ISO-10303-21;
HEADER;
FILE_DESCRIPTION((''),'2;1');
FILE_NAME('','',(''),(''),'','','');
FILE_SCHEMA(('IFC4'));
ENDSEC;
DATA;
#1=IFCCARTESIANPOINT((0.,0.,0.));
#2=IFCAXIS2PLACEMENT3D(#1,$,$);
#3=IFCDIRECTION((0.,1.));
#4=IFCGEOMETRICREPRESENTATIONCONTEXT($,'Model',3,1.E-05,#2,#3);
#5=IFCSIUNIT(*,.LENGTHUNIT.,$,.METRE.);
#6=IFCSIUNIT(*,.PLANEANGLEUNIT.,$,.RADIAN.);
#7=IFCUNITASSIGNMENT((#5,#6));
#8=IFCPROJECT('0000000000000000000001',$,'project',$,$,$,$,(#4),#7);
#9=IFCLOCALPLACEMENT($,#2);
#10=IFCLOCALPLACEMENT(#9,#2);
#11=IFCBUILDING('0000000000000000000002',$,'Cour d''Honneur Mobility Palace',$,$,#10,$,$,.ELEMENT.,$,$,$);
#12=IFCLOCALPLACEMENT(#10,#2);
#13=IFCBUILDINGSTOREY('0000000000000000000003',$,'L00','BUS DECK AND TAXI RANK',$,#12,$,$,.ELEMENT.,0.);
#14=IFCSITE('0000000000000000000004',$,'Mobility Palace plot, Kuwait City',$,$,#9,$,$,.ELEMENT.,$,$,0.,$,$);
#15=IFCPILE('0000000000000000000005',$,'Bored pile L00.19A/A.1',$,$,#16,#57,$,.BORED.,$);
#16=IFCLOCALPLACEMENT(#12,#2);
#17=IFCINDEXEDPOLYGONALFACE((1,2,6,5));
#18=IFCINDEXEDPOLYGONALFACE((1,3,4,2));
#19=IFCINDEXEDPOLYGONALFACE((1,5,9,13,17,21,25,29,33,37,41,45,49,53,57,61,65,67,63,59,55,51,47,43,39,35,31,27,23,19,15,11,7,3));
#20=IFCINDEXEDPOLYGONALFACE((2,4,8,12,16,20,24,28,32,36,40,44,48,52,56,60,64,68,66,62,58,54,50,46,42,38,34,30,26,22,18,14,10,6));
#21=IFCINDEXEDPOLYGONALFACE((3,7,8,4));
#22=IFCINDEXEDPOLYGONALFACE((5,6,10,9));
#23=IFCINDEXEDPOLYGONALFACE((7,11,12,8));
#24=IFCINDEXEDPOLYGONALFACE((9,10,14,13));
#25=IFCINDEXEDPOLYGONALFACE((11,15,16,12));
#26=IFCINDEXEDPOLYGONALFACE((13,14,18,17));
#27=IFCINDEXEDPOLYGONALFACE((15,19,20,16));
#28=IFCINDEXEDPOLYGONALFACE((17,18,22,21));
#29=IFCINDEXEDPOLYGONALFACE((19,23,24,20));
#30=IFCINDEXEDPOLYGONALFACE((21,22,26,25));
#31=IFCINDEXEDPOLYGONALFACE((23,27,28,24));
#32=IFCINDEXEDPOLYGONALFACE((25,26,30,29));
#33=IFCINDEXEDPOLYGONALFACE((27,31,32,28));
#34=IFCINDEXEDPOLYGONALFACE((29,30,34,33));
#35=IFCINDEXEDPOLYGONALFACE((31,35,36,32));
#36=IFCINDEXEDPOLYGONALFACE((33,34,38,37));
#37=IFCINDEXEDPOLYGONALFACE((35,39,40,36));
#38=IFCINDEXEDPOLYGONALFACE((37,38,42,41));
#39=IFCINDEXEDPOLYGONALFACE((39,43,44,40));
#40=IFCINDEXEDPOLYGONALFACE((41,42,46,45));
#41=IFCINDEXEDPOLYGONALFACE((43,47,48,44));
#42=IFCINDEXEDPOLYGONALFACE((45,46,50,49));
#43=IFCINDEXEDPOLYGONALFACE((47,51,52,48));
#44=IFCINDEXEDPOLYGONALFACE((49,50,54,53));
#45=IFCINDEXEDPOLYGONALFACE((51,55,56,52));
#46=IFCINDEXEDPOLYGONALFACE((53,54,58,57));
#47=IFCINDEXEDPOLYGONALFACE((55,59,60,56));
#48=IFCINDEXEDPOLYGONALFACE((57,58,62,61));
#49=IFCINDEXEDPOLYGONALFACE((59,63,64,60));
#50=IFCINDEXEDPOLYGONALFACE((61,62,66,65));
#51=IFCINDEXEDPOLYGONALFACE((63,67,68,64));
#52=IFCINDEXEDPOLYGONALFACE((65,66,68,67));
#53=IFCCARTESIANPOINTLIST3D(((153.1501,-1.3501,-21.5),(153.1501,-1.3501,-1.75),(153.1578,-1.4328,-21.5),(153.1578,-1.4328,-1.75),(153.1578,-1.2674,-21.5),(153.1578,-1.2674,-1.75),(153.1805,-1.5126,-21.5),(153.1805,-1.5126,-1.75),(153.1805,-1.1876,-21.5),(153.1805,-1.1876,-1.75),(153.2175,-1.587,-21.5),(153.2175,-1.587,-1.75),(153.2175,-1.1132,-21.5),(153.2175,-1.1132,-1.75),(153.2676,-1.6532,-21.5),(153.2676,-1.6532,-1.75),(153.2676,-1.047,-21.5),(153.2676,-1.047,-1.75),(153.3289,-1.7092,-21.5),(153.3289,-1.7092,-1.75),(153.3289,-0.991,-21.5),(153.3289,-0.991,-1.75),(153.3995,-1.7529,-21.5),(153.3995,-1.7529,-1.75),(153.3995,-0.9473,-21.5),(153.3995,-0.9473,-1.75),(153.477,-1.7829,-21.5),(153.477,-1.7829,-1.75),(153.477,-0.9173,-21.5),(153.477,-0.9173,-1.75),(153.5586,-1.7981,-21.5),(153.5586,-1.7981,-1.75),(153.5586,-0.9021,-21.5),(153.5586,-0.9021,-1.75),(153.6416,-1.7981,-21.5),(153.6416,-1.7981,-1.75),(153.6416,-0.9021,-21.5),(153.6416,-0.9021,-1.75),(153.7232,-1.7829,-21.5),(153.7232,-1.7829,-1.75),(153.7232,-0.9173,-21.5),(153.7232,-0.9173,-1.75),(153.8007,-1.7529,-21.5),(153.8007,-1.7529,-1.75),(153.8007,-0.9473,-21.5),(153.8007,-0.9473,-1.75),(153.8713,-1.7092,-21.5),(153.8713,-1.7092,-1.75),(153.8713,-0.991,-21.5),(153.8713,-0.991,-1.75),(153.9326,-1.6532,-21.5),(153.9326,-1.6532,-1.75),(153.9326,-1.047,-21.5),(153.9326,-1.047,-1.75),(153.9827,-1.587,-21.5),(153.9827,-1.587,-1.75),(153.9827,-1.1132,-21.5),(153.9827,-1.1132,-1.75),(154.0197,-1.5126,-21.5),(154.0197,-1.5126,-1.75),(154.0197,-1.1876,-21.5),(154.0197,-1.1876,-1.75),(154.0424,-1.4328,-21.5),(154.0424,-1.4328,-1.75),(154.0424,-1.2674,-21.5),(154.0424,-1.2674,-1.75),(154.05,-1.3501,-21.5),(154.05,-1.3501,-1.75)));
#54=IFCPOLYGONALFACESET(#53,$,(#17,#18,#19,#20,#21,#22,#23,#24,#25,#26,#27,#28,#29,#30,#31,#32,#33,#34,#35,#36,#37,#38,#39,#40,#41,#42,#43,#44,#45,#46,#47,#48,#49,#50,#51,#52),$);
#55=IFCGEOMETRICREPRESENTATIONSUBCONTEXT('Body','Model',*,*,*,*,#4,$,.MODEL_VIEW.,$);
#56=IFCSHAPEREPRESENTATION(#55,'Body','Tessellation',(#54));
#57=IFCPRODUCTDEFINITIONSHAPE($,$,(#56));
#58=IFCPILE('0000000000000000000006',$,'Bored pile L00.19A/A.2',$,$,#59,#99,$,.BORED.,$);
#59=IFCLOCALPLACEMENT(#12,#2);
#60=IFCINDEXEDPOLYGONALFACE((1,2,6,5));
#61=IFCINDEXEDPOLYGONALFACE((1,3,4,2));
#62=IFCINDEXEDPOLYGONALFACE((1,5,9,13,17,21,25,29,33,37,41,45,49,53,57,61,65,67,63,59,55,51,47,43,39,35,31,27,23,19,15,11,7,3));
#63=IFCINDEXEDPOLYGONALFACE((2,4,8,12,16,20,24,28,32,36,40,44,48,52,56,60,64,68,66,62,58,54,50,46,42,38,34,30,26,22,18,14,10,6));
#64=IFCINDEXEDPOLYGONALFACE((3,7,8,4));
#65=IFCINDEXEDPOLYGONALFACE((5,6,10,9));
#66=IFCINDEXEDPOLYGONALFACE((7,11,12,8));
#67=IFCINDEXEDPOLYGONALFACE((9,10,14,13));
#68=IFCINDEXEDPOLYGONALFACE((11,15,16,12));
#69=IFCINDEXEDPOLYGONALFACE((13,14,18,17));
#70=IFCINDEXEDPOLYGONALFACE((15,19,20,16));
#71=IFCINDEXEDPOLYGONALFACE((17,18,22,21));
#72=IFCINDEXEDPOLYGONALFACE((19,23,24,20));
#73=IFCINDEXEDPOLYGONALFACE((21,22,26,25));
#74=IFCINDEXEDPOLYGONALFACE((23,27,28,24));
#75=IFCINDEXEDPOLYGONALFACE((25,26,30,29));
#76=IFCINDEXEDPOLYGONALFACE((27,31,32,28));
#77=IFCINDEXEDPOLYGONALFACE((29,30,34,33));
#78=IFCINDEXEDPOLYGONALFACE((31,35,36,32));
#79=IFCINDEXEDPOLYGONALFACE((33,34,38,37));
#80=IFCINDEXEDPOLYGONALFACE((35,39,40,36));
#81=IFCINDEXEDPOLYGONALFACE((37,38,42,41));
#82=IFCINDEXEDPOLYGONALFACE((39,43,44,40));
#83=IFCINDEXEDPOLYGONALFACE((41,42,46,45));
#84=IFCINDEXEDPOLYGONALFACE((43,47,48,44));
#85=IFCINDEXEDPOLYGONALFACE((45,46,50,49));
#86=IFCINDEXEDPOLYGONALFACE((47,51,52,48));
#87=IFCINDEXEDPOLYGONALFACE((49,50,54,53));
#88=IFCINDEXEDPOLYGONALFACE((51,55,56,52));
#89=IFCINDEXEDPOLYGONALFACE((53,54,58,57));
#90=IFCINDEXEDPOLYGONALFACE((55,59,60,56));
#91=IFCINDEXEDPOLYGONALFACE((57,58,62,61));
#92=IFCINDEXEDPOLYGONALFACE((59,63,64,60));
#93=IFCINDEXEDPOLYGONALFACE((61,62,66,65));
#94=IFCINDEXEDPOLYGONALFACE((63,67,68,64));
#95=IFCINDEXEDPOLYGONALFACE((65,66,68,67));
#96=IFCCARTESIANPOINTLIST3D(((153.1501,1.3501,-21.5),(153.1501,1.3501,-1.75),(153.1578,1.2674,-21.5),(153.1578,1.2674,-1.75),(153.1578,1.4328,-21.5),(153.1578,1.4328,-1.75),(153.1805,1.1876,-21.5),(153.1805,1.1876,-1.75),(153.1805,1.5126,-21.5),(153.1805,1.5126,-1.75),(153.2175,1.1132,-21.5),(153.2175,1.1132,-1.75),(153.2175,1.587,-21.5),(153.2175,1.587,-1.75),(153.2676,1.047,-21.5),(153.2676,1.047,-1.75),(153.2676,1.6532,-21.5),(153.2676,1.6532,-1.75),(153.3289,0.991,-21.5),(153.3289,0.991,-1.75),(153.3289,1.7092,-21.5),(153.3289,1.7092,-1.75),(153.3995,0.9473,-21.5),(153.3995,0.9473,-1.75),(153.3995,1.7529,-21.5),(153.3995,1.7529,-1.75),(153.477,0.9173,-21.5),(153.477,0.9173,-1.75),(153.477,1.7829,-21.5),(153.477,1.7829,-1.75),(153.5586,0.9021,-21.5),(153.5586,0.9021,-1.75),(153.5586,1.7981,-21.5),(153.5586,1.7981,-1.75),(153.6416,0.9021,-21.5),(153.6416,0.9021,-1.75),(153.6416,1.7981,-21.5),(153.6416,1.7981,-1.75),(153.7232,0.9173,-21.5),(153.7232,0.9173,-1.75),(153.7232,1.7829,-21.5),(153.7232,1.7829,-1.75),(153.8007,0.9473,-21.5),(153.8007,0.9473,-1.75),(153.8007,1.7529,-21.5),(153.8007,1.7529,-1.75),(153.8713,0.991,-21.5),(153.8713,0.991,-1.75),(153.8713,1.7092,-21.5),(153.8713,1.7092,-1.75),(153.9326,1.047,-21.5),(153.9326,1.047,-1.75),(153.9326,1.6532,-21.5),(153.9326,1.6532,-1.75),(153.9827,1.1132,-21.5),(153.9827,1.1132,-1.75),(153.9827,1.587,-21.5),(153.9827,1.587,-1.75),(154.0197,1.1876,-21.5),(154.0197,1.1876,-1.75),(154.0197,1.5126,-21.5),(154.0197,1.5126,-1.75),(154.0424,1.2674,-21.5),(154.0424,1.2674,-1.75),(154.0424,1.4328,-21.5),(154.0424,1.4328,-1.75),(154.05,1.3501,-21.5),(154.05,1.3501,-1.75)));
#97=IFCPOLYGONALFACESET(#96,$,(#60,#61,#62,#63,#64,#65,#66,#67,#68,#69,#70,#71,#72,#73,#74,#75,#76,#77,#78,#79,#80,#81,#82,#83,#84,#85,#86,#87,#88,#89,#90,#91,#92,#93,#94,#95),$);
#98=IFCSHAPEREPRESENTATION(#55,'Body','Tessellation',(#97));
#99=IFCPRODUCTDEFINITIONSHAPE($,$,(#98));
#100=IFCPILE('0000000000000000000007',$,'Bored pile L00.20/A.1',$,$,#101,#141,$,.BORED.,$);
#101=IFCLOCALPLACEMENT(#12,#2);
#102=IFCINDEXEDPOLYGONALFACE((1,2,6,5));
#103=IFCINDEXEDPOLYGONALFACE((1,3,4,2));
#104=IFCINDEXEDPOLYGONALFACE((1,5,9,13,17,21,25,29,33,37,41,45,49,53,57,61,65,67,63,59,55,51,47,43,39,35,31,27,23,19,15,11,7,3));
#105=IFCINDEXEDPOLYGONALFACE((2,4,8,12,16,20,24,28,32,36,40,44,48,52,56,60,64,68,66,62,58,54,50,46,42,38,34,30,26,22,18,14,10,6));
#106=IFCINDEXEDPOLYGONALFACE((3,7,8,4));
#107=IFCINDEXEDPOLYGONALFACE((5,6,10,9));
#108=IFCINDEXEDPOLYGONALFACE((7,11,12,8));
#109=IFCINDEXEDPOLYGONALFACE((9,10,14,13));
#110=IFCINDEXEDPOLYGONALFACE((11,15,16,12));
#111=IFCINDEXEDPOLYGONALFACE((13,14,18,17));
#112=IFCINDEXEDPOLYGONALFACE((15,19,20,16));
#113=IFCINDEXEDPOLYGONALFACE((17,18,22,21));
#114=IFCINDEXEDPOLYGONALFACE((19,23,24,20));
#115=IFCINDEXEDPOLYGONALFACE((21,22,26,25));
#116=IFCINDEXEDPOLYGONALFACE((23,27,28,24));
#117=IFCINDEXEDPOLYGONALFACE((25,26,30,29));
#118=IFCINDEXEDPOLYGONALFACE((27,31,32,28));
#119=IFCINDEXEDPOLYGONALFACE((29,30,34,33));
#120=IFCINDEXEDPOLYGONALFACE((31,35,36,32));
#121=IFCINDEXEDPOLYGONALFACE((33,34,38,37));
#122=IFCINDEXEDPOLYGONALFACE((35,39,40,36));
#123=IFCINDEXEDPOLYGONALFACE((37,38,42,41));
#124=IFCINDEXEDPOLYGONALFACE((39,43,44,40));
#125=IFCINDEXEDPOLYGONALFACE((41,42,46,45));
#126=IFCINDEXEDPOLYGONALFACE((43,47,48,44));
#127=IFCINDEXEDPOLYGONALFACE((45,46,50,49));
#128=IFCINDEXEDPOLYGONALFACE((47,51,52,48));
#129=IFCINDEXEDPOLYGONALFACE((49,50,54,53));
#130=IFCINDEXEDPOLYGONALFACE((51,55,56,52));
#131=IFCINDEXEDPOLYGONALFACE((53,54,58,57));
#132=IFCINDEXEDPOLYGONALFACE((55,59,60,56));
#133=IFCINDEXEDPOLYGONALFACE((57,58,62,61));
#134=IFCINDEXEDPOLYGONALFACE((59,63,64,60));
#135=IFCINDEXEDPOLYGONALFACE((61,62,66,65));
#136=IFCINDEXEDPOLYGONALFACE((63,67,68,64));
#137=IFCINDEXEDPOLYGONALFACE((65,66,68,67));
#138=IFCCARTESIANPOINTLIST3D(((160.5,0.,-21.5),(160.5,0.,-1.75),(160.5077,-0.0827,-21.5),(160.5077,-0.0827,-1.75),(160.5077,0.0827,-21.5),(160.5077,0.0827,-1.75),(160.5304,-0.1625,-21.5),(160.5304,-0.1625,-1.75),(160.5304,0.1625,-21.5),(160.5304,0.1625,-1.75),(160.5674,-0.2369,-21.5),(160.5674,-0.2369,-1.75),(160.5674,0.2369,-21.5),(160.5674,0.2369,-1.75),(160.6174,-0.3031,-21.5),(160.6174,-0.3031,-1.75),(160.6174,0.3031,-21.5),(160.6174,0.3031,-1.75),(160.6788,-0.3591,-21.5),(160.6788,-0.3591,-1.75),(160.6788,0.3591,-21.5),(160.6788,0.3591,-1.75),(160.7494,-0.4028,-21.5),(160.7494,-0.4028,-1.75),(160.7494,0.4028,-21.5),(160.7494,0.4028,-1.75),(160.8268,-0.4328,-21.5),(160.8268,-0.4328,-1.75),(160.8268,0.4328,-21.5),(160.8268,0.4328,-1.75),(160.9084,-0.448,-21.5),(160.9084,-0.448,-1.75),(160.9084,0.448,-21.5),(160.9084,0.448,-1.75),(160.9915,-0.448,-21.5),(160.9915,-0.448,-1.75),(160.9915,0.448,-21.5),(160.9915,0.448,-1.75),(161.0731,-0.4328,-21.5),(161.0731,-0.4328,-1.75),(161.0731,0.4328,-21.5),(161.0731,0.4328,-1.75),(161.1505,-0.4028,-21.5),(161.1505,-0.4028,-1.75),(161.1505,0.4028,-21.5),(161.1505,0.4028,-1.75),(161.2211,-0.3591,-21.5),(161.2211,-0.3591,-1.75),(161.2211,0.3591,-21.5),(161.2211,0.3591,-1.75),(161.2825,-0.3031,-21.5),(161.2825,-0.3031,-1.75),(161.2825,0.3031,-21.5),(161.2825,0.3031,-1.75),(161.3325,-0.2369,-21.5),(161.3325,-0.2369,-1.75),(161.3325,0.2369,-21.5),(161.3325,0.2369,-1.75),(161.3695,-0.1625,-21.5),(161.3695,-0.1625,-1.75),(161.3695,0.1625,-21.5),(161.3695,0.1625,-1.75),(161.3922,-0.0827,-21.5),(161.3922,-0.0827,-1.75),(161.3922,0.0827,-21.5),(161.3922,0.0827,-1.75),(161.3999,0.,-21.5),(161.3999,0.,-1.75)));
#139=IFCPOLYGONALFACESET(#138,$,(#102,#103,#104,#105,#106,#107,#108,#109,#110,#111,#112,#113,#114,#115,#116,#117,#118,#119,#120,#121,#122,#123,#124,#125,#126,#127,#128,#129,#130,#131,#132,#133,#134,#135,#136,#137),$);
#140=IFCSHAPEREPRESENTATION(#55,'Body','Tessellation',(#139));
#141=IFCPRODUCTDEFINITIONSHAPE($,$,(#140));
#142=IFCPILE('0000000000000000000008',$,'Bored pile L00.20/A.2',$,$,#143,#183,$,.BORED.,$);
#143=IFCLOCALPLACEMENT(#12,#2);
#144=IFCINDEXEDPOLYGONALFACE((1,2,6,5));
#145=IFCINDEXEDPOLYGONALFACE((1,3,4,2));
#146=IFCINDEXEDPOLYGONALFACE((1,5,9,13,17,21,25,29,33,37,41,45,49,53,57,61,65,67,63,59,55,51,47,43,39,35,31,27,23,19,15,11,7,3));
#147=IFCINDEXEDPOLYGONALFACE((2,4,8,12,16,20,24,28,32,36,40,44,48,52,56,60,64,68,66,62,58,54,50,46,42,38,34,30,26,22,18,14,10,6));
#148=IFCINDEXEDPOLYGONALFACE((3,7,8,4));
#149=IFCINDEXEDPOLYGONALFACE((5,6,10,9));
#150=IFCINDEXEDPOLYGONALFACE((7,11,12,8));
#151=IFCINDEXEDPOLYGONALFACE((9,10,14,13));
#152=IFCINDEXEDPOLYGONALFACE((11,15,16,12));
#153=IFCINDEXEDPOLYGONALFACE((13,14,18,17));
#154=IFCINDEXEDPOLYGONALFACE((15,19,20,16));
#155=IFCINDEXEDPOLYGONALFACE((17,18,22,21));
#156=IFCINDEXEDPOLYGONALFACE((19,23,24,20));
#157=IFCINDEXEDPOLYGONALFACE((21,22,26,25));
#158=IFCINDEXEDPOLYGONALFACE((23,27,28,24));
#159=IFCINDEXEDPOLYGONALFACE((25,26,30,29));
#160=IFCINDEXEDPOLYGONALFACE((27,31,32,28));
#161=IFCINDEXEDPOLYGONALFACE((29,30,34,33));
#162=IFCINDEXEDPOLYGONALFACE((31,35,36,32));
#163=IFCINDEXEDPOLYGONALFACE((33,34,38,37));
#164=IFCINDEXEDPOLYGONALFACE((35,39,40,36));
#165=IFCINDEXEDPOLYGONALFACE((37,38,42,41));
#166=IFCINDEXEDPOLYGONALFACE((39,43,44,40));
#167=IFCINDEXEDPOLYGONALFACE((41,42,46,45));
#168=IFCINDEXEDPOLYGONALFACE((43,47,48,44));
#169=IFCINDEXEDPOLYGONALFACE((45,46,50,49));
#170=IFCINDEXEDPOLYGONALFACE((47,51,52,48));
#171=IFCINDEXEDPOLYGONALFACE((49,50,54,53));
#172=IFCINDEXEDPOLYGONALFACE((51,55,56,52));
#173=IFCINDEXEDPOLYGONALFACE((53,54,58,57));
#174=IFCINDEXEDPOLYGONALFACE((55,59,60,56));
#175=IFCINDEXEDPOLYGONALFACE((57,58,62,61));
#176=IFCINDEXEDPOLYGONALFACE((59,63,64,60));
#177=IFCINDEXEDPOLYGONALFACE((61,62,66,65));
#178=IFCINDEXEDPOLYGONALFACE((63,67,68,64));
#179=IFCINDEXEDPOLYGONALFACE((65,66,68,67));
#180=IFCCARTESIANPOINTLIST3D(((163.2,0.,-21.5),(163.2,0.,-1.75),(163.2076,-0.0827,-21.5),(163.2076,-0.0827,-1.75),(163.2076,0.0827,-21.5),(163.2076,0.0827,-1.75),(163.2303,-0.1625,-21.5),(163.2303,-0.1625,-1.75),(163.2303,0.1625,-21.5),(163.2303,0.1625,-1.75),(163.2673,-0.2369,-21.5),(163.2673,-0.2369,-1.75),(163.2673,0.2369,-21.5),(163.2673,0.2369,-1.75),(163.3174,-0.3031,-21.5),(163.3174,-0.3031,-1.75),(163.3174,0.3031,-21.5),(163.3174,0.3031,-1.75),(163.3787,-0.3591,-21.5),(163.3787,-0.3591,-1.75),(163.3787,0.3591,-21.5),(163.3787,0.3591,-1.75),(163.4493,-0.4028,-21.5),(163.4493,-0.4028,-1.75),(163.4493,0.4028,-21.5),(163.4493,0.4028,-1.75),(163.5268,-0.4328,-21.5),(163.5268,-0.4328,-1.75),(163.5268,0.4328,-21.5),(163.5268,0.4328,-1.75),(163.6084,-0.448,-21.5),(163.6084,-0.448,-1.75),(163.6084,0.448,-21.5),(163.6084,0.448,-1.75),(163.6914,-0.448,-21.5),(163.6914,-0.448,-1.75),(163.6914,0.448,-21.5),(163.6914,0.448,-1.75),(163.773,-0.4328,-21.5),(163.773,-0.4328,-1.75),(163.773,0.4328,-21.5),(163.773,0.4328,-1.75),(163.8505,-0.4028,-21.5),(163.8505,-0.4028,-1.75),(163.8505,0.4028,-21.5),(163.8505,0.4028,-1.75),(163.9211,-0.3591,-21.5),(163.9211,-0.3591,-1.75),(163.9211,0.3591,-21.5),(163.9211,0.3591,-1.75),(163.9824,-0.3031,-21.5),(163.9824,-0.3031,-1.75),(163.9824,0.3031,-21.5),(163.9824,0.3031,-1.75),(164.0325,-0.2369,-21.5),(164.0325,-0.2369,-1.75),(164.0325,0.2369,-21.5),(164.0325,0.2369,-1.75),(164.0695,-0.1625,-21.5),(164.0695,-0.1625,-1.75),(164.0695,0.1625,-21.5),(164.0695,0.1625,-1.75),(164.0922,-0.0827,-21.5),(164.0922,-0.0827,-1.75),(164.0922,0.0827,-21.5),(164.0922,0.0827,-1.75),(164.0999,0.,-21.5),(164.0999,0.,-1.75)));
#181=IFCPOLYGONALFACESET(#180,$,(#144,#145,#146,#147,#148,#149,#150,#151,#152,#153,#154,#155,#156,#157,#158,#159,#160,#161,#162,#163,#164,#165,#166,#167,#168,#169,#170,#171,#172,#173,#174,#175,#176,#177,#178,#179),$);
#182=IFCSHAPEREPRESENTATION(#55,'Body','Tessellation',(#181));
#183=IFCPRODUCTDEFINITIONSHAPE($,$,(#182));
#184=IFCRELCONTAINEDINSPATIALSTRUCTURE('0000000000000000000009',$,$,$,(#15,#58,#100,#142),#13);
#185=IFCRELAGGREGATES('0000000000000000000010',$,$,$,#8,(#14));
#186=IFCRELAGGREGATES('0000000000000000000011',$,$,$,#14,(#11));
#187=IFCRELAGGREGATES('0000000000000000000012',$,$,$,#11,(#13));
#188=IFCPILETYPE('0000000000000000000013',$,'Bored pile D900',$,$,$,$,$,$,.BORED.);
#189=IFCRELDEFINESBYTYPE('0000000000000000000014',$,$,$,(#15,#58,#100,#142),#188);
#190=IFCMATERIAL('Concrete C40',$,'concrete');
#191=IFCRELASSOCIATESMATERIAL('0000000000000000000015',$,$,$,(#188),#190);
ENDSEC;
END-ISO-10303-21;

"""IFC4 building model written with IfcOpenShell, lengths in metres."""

from ifc_helpers import new_model, si_unit, direction, frame, origin, origin_2d, place, context, subcontext, project, spatial, circle, extrude, material, material_profile, profile_set, type_object, element, save


model = new_model("IFC4")

# Units and contexts
model_context = context("Model", 3, precision=1e-05, world=origin(), true_north=direction((0.0, 1.0)))
body_context = subcontext(model_context, "Body", "Model", "MODEL_VIEW")
ifc_project = project(units=[si_unit("LENGTHUNIT", "METRE"), si_unit("PLANEANGLEUNIT", "RADIAN")], contexts=[model_context])

# Site, building, storey
site_placement = place(None, origin())
site = spatial("IfcSite", under=ifc_project, at=site_placement, Name="Mobility Palace plot, Kuwait City", CompositionType="ELEMENT", RefElevation=0.0)
building_placement = place(site_placement, origin())
building = spatial("IfcBuilding", under=site, at=building_placement, Name="Cour d'Honneur Mobility Palace", CompositionType="ELEMENT")
storey_placement = place(building_placement, origin())
storey = spatial("IfcBuildingStorey", under=building, at=storey_placement, Name="L00", Description="BUS DECK AND TAXI RANK", CompositionType="ELEMENT", Elevation=0.0)

# Piles
ifc_material_1 = material(Name="Concrete C40", Category="concrete")
ifc_material_profile_1 = material_profile(ifc_material_1, circle(Radius=0.45, at=origin_2d()), Name="Bored pile D900")
ifc_profile_set_1 = profile_set([ifc_material_profile_1], Name="Concrete C40")
pile_type = type_object("IfcPileType", Name="Bored pile D900", PredefinedType="BORED", material=ifc_profile_set_1)
for number, where, z_axis, x_axis, name in (
    (1, (153.6001, -1.3501, -1.75), (0.0, 0.0, -1.0), (1.0, 0.0, 0.0), "Bored pile L00.19A/A.1"),
    (2, (153.6001, 1.3501, -1.75), (0.0, 0.0, -1.0), (1.0, 0.0, 0.0), "Bored pile L00.19A/A.2"),
    (3, (160.95, 0.0, -1.75), (0.0, 0.0, -1.0), (1.0, 0.0, 0.0), "Bored pile L00.20/A.1"),
    (4, (163.6499, 0.0, -1.75), (0.0, 0.0, -1.0), (1.0, 0.0, 0.0), "Bored pile L00.20/A.2"),
):
    element("IfcPile", number, at=place(storey_placement, frame(where, z_axis=z_axis, x_axis=x_axis)), inside=storey, type_object=pile_type, Name=name, PredefinedType="BORED", context=body_context, shape_type="SweptSolid", body=[
        extrude(circle(Radius=0.45, at=origin_2d()), origin(), (0.0, 0.0, 1.0), 19.75),
    ])

save(model, "model.ifc")
